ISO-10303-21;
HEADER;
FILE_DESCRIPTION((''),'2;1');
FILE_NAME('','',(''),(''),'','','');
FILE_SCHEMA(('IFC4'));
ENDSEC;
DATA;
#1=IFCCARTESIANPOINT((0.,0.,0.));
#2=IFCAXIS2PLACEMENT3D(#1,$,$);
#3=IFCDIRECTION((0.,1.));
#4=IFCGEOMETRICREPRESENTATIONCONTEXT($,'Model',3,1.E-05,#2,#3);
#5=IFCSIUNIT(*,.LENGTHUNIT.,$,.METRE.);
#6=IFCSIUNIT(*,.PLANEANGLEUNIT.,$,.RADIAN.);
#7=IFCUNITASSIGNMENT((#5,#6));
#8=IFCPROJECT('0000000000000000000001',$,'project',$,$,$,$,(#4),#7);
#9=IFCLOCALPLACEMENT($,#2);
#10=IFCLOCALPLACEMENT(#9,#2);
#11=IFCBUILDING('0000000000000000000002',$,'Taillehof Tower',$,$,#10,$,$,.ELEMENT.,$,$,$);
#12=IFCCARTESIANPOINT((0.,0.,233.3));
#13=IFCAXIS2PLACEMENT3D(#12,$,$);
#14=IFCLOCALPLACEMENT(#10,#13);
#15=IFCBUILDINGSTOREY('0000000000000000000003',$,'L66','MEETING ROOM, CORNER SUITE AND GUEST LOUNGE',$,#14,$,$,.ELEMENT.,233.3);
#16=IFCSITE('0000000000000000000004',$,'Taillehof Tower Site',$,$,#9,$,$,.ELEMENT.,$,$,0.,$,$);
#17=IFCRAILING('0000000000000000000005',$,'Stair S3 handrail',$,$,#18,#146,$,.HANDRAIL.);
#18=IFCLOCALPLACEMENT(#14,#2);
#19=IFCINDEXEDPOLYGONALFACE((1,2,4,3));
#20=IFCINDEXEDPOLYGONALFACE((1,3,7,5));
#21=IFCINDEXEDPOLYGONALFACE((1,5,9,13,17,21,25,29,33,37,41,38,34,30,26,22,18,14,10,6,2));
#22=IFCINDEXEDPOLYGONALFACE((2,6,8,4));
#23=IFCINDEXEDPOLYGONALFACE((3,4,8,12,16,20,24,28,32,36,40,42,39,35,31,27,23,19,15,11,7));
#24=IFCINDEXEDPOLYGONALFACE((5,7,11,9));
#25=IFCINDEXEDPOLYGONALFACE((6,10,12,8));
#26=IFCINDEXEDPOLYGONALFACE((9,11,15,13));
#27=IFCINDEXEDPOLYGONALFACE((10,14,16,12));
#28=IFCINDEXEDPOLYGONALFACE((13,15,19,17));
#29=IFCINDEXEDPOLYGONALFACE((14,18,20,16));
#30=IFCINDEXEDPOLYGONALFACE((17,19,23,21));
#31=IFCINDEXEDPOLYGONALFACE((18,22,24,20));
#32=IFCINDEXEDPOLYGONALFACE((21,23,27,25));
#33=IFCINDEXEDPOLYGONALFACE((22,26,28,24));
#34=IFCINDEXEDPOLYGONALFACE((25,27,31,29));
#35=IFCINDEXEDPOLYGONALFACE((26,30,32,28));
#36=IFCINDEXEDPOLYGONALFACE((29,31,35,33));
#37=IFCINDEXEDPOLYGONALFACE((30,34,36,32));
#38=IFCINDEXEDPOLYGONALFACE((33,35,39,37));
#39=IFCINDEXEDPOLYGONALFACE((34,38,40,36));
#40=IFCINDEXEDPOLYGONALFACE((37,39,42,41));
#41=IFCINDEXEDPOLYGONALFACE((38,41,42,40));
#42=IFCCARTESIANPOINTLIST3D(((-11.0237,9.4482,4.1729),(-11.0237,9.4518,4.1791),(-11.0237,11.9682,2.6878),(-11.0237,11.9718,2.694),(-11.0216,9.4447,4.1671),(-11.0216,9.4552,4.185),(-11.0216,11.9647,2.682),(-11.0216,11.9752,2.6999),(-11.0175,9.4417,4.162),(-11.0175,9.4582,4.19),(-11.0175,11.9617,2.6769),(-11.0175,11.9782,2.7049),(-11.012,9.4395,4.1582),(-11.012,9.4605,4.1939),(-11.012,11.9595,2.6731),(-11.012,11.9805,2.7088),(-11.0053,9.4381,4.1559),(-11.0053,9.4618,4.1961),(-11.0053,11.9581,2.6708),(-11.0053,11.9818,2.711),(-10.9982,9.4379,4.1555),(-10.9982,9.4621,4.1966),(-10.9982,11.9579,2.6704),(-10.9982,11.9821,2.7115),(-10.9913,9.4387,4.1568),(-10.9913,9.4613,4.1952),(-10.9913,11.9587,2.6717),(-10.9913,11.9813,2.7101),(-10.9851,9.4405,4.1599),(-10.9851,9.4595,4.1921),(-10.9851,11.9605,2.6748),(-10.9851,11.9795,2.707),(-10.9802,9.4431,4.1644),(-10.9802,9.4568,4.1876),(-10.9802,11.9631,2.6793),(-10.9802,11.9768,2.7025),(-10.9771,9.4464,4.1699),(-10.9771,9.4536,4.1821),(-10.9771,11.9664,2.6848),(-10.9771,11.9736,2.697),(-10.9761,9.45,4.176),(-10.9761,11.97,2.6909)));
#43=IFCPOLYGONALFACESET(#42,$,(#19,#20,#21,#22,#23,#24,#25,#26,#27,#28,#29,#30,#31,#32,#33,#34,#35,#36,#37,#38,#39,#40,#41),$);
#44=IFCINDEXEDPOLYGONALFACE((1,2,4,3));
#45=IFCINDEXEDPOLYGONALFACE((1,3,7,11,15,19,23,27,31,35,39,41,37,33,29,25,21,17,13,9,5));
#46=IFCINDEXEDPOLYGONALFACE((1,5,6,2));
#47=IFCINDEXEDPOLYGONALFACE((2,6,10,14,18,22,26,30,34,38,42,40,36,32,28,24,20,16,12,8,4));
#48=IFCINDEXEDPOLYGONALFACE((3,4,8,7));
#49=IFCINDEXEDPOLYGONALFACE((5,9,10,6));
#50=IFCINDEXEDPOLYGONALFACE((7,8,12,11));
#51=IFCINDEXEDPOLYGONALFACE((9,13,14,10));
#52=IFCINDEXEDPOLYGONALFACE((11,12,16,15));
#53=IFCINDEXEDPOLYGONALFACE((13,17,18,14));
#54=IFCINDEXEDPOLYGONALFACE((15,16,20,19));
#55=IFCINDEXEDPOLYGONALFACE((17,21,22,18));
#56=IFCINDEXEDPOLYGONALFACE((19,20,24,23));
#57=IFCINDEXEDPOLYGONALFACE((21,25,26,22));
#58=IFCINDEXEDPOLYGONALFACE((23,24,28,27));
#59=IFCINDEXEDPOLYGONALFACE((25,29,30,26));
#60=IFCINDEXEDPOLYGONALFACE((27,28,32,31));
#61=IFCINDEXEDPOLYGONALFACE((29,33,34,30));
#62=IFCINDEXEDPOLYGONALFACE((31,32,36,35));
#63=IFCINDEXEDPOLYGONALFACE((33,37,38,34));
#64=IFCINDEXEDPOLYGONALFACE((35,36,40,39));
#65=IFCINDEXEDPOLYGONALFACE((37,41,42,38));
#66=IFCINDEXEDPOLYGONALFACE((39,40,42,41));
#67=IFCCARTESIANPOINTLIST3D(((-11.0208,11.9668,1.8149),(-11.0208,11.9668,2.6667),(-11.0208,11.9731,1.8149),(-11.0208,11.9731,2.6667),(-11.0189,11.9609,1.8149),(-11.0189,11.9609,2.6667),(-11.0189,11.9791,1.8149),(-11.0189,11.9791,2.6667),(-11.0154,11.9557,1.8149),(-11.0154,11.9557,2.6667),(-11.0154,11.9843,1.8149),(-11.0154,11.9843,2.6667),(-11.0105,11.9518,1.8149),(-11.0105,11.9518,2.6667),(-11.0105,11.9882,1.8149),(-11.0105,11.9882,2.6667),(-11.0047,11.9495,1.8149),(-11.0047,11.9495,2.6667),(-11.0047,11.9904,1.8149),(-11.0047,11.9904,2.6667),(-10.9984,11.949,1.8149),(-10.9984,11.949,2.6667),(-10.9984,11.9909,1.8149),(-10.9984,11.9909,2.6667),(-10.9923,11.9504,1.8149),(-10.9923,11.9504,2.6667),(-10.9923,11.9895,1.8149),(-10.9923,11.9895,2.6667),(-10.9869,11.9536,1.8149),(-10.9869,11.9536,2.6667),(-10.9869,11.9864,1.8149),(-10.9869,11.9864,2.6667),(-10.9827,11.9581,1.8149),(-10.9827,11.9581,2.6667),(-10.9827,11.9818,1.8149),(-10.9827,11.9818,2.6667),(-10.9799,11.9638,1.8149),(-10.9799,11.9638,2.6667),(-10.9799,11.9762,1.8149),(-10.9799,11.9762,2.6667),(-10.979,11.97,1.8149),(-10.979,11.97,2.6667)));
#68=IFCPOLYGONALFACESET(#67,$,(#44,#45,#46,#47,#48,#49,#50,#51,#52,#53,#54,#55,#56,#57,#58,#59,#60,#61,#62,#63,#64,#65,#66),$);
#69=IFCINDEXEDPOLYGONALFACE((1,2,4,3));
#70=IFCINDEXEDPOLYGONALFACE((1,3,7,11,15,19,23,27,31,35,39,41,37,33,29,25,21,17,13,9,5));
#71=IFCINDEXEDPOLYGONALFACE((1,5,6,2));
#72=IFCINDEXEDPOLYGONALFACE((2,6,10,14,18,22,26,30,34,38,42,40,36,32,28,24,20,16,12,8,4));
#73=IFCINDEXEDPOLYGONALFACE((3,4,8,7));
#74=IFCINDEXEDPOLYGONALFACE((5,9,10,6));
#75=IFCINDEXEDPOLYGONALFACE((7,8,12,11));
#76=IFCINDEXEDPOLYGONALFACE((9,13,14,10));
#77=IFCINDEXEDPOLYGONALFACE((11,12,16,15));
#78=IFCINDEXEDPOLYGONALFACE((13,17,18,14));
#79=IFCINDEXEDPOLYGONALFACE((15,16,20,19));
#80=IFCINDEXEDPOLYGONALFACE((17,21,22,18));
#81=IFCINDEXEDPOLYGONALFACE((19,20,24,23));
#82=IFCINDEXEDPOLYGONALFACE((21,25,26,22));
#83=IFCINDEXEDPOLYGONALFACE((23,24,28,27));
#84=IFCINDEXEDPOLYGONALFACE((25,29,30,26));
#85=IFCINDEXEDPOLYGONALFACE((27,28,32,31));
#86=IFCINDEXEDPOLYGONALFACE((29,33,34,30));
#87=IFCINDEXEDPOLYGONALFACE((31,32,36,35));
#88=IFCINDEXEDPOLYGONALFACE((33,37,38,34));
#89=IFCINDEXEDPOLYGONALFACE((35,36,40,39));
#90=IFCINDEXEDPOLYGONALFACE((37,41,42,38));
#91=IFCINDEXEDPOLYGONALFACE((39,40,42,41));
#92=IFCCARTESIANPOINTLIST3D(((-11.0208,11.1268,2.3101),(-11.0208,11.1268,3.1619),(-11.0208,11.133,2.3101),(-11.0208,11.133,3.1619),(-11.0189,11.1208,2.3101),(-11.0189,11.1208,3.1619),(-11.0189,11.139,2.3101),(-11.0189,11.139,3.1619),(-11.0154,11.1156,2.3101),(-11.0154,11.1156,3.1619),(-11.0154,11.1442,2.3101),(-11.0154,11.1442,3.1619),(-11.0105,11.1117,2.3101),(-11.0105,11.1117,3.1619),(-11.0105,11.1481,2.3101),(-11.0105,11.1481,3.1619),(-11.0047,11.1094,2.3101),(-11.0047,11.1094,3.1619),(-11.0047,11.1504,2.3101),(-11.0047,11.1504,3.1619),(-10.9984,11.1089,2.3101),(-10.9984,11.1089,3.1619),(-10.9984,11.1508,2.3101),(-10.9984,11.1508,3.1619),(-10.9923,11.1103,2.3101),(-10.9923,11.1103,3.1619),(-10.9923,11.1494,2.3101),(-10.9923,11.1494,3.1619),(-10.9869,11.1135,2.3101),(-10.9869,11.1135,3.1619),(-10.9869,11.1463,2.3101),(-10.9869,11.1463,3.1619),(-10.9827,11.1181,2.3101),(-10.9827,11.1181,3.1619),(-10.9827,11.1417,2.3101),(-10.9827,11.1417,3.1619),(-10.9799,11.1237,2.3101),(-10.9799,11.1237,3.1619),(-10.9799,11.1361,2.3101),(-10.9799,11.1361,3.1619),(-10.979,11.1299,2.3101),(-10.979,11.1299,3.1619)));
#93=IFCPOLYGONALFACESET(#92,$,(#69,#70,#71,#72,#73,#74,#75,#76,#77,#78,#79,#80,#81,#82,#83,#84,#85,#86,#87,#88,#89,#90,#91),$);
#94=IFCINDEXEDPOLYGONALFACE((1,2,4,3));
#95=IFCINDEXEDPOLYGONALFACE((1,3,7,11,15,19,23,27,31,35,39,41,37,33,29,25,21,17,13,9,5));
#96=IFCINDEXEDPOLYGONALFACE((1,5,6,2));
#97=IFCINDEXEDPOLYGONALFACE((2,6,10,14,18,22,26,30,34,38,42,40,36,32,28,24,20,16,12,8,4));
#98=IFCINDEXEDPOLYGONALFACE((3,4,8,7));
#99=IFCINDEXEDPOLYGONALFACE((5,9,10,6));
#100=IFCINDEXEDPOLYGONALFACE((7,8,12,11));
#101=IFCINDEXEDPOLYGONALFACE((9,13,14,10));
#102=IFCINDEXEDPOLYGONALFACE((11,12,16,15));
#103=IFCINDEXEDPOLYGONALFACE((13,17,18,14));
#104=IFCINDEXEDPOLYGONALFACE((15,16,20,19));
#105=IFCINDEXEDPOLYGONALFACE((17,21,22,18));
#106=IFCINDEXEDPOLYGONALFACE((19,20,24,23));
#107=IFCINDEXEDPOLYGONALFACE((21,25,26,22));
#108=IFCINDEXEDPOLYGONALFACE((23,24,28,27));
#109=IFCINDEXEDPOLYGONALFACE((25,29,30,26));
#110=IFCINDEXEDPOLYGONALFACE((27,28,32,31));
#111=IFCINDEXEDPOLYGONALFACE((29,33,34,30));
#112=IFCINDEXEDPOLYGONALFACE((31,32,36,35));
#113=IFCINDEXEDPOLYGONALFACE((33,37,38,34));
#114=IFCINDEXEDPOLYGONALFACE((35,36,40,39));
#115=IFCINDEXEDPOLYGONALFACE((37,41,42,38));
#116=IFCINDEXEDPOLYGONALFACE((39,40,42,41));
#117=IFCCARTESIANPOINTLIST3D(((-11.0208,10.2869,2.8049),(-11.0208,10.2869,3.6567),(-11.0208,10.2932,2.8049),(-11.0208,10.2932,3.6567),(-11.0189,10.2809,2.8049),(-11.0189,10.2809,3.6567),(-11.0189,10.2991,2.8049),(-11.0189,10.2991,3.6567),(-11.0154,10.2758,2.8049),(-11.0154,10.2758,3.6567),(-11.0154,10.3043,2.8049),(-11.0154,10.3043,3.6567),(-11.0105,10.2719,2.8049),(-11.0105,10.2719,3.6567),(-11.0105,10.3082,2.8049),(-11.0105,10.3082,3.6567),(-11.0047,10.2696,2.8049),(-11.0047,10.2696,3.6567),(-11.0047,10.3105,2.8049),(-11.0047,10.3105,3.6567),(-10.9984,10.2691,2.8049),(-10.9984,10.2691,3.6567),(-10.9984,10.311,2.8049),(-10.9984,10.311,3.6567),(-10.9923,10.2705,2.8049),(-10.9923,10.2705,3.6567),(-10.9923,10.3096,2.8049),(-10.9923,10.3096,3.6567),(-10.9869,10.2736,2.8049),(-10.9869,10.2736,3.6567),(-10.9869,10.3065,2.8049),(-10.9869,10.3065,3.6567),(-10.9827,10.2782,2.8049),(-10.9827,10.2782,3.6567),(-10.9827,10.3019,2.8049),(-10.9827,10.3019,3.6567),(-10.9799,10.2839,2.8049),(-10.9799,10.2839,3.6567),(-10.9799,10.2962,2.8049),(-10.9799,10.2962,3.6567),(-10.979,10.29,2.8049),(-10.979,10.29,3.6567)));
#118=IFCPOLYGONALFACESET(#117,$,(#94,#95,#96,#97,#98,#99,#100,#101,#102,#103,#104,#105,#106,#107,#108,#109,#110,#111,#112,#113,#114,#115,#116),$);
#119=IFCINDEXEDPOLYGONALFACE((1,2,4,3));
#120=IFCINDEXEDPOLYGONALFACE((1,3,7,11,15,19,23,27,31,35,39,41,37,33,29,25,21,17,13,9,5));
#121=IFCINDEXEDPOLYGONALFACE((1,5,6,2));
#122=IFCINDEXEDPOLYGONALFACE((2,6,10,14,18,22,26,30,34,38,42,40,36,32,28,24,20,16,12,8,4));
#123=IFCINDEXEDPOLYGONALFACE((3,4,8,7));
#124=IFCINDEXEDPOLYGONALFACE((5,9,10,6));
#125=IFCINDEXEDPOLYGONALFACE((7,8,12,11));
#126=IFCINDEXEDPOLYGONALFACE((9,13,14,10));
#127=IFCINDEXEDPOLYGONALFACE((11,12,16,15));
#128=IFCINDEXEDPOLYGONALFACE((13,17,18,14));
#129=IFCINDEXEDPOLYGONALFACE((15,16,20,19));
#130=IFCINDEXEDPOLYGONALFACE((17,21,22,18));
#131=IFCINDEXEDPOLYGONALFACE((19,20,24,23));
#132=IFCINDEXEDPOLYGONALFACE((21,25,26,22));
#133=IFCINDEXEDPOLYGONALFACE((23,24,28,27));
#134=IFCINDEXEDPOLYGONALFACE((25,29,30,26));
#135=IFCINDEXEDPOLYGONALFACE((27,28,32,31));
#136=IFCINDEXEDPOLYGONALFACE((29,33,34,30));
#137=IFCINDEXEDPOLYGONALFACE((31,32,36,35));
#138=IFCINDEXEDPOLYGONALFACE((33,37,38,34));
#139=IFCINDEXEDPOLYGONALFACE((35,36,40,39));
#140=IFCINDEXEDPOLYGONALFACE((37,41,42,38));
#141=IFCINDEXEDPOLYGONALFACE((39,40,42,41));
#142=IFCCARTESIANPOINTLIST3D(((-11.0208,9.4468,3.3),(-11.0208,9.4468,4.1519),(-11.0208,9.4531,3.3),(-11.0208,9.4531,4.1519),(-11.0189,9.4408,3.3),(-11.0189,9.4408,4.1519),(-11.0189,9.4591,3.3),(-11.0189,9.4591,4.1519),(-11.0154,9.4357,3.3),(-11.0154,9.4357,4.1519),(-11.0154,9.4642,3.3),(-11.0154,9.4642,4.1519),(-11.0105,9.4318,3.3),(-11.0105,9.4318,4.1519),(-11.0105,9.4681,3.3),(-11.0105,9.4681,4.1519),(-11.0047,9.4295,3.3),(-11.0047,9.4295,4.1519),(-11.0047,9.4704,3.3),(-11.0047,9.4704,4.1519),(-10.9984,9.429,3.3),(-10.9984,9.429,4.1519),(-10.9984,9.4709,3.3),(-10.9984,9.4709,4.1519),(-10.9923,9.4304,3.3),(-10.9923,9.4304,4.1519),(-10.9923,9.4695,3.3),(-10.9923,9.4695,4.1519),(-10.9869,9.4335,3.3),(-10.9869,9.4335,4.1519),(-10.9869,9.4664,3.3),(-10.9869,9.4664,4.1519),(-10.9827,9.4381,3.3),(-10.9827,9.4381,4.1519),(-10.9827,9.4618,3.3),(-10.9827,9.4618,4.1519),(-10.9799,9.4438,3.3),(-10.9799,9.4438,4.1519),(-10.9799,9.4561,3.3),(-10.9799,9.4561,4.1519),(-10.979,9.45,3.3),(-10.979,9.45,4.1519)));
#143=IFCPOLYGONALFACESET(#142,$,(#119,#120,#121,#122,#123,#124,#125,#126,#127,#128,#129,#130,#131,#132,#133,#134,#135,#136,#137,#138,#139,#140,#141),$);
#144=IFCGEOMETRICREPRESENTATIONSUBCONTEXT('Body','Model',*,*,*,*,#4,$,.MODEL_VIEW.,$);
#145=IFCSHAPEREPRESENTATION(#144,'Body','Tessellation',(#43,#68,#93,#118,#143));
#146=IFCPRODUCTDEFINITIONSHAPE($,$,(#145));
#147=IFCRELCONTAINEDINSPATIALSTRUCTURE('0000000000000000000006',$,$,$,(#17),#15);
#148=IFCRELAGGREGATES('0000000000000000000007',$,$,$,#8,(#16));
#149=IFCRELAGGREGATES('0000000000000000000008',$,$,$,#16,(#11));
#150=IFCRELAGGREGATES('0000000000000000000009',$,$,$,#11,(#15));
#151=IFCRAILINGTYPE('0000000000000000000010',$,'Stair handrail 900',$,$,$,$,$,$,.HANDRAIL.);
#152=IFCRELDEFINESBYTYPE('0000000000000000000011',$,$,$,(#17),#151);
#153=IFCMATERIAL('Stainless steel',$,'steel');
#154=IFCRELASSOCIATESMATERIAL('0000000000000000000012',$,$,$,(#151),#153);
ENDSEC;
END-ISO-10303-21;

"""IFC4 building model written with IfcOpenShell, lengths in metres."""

from ifc_helpers import new_model, si_unit, direction, frame, origin, origin_2d, place, context, subcontext, project, spatial, circle, extrude, material, type_object, element, save


model = new_model("IFC4")

# Units and contexts
model_context = context("Model", 3, precision=1e-05, world=origin(), true_north=direction((0.0, 1.0)))
body_context = subcontext(model_context, "Body", "Model", "MODEL_VIEW")
ifc_project = project(units=[si_unit("LENGTHUNIT", "METRE"), si_unit("PLANEANGLEUNIT", "RADIAN")], contexts=[model_context])

# Site, building, storey
site_placement = place(None, origin())
site = spatial("IfcSite", under=ifc_project, at=site_placement, Name="Taillehof Tower Site", CompositionType="ELEMENT", RefElevation=0.0)
building_placement = place(site_placement, origin())
building = spatial("IfcBuilding", under=site, at=building_placement, Name="Taillehof Tower", CompositionType="ELEMENT")
storey_placement = place(building_placement, frame((0.0, 0.0, 233.3)))
storey = spatial("IfcBuildingStorey", under=building, at=storey_placement, Name="L66", Description="MEETING ROOM, CORNER SUITE AND GUEST LOUNGE", CompositionType="ELEMENT", Elevation=233.3)

# Railing
ifc_material_1 = material(Name="Stainless steel", Category="steel")
railing_type = type_object("IfcRailingType", Name="Stair handrail 900", PredefinedType="HANDRAIL", material=ifc_material_1)
railing_placement = place(storey_placement, frame((-11.0, 11.97, 1.8149)))
element("IfcRailing", 1, at=railing_placement, inside=storey, type_object=railing_type, Name="Stair S3 handrail", PredefinedType="HANDRAIL", context=body_context, shape_type="SweptSolid", body=[
    extrude(circle(Radius=0.0239, at=origin_2d()), frame((0.0, 0.0, 0.876), z_axis=(0.0, -0.861524, 0.507717), x_axis=(1.0, 0.0, 0.0)), (0.0, 0.0, 1.0), 2.925),
    extrude(circle(Radius=0.021, at=origin_2d()), origin(), (0.0, 0.0, 1.0), 0.8518),
    extrude(circle(Radius=0.021, at=origin_2d()), frame((0.0, -0.8401, 0.4951)), (0.0, 0.0, 1.0), 0.8518),
    extrude(circle(Radius=0.021, at=origin_2d()), frame((0.0, -1.6799, 0.99)), (0.0, 0.0, 1.0), 0.8518),
    extrude(circle(Radius=0.021, at=origin_2d()), frame((0.0, -2.52, 1.4851)), (0.0, 0.0, 1.0), 0.8518),
])

save(model, "model.ifc")
